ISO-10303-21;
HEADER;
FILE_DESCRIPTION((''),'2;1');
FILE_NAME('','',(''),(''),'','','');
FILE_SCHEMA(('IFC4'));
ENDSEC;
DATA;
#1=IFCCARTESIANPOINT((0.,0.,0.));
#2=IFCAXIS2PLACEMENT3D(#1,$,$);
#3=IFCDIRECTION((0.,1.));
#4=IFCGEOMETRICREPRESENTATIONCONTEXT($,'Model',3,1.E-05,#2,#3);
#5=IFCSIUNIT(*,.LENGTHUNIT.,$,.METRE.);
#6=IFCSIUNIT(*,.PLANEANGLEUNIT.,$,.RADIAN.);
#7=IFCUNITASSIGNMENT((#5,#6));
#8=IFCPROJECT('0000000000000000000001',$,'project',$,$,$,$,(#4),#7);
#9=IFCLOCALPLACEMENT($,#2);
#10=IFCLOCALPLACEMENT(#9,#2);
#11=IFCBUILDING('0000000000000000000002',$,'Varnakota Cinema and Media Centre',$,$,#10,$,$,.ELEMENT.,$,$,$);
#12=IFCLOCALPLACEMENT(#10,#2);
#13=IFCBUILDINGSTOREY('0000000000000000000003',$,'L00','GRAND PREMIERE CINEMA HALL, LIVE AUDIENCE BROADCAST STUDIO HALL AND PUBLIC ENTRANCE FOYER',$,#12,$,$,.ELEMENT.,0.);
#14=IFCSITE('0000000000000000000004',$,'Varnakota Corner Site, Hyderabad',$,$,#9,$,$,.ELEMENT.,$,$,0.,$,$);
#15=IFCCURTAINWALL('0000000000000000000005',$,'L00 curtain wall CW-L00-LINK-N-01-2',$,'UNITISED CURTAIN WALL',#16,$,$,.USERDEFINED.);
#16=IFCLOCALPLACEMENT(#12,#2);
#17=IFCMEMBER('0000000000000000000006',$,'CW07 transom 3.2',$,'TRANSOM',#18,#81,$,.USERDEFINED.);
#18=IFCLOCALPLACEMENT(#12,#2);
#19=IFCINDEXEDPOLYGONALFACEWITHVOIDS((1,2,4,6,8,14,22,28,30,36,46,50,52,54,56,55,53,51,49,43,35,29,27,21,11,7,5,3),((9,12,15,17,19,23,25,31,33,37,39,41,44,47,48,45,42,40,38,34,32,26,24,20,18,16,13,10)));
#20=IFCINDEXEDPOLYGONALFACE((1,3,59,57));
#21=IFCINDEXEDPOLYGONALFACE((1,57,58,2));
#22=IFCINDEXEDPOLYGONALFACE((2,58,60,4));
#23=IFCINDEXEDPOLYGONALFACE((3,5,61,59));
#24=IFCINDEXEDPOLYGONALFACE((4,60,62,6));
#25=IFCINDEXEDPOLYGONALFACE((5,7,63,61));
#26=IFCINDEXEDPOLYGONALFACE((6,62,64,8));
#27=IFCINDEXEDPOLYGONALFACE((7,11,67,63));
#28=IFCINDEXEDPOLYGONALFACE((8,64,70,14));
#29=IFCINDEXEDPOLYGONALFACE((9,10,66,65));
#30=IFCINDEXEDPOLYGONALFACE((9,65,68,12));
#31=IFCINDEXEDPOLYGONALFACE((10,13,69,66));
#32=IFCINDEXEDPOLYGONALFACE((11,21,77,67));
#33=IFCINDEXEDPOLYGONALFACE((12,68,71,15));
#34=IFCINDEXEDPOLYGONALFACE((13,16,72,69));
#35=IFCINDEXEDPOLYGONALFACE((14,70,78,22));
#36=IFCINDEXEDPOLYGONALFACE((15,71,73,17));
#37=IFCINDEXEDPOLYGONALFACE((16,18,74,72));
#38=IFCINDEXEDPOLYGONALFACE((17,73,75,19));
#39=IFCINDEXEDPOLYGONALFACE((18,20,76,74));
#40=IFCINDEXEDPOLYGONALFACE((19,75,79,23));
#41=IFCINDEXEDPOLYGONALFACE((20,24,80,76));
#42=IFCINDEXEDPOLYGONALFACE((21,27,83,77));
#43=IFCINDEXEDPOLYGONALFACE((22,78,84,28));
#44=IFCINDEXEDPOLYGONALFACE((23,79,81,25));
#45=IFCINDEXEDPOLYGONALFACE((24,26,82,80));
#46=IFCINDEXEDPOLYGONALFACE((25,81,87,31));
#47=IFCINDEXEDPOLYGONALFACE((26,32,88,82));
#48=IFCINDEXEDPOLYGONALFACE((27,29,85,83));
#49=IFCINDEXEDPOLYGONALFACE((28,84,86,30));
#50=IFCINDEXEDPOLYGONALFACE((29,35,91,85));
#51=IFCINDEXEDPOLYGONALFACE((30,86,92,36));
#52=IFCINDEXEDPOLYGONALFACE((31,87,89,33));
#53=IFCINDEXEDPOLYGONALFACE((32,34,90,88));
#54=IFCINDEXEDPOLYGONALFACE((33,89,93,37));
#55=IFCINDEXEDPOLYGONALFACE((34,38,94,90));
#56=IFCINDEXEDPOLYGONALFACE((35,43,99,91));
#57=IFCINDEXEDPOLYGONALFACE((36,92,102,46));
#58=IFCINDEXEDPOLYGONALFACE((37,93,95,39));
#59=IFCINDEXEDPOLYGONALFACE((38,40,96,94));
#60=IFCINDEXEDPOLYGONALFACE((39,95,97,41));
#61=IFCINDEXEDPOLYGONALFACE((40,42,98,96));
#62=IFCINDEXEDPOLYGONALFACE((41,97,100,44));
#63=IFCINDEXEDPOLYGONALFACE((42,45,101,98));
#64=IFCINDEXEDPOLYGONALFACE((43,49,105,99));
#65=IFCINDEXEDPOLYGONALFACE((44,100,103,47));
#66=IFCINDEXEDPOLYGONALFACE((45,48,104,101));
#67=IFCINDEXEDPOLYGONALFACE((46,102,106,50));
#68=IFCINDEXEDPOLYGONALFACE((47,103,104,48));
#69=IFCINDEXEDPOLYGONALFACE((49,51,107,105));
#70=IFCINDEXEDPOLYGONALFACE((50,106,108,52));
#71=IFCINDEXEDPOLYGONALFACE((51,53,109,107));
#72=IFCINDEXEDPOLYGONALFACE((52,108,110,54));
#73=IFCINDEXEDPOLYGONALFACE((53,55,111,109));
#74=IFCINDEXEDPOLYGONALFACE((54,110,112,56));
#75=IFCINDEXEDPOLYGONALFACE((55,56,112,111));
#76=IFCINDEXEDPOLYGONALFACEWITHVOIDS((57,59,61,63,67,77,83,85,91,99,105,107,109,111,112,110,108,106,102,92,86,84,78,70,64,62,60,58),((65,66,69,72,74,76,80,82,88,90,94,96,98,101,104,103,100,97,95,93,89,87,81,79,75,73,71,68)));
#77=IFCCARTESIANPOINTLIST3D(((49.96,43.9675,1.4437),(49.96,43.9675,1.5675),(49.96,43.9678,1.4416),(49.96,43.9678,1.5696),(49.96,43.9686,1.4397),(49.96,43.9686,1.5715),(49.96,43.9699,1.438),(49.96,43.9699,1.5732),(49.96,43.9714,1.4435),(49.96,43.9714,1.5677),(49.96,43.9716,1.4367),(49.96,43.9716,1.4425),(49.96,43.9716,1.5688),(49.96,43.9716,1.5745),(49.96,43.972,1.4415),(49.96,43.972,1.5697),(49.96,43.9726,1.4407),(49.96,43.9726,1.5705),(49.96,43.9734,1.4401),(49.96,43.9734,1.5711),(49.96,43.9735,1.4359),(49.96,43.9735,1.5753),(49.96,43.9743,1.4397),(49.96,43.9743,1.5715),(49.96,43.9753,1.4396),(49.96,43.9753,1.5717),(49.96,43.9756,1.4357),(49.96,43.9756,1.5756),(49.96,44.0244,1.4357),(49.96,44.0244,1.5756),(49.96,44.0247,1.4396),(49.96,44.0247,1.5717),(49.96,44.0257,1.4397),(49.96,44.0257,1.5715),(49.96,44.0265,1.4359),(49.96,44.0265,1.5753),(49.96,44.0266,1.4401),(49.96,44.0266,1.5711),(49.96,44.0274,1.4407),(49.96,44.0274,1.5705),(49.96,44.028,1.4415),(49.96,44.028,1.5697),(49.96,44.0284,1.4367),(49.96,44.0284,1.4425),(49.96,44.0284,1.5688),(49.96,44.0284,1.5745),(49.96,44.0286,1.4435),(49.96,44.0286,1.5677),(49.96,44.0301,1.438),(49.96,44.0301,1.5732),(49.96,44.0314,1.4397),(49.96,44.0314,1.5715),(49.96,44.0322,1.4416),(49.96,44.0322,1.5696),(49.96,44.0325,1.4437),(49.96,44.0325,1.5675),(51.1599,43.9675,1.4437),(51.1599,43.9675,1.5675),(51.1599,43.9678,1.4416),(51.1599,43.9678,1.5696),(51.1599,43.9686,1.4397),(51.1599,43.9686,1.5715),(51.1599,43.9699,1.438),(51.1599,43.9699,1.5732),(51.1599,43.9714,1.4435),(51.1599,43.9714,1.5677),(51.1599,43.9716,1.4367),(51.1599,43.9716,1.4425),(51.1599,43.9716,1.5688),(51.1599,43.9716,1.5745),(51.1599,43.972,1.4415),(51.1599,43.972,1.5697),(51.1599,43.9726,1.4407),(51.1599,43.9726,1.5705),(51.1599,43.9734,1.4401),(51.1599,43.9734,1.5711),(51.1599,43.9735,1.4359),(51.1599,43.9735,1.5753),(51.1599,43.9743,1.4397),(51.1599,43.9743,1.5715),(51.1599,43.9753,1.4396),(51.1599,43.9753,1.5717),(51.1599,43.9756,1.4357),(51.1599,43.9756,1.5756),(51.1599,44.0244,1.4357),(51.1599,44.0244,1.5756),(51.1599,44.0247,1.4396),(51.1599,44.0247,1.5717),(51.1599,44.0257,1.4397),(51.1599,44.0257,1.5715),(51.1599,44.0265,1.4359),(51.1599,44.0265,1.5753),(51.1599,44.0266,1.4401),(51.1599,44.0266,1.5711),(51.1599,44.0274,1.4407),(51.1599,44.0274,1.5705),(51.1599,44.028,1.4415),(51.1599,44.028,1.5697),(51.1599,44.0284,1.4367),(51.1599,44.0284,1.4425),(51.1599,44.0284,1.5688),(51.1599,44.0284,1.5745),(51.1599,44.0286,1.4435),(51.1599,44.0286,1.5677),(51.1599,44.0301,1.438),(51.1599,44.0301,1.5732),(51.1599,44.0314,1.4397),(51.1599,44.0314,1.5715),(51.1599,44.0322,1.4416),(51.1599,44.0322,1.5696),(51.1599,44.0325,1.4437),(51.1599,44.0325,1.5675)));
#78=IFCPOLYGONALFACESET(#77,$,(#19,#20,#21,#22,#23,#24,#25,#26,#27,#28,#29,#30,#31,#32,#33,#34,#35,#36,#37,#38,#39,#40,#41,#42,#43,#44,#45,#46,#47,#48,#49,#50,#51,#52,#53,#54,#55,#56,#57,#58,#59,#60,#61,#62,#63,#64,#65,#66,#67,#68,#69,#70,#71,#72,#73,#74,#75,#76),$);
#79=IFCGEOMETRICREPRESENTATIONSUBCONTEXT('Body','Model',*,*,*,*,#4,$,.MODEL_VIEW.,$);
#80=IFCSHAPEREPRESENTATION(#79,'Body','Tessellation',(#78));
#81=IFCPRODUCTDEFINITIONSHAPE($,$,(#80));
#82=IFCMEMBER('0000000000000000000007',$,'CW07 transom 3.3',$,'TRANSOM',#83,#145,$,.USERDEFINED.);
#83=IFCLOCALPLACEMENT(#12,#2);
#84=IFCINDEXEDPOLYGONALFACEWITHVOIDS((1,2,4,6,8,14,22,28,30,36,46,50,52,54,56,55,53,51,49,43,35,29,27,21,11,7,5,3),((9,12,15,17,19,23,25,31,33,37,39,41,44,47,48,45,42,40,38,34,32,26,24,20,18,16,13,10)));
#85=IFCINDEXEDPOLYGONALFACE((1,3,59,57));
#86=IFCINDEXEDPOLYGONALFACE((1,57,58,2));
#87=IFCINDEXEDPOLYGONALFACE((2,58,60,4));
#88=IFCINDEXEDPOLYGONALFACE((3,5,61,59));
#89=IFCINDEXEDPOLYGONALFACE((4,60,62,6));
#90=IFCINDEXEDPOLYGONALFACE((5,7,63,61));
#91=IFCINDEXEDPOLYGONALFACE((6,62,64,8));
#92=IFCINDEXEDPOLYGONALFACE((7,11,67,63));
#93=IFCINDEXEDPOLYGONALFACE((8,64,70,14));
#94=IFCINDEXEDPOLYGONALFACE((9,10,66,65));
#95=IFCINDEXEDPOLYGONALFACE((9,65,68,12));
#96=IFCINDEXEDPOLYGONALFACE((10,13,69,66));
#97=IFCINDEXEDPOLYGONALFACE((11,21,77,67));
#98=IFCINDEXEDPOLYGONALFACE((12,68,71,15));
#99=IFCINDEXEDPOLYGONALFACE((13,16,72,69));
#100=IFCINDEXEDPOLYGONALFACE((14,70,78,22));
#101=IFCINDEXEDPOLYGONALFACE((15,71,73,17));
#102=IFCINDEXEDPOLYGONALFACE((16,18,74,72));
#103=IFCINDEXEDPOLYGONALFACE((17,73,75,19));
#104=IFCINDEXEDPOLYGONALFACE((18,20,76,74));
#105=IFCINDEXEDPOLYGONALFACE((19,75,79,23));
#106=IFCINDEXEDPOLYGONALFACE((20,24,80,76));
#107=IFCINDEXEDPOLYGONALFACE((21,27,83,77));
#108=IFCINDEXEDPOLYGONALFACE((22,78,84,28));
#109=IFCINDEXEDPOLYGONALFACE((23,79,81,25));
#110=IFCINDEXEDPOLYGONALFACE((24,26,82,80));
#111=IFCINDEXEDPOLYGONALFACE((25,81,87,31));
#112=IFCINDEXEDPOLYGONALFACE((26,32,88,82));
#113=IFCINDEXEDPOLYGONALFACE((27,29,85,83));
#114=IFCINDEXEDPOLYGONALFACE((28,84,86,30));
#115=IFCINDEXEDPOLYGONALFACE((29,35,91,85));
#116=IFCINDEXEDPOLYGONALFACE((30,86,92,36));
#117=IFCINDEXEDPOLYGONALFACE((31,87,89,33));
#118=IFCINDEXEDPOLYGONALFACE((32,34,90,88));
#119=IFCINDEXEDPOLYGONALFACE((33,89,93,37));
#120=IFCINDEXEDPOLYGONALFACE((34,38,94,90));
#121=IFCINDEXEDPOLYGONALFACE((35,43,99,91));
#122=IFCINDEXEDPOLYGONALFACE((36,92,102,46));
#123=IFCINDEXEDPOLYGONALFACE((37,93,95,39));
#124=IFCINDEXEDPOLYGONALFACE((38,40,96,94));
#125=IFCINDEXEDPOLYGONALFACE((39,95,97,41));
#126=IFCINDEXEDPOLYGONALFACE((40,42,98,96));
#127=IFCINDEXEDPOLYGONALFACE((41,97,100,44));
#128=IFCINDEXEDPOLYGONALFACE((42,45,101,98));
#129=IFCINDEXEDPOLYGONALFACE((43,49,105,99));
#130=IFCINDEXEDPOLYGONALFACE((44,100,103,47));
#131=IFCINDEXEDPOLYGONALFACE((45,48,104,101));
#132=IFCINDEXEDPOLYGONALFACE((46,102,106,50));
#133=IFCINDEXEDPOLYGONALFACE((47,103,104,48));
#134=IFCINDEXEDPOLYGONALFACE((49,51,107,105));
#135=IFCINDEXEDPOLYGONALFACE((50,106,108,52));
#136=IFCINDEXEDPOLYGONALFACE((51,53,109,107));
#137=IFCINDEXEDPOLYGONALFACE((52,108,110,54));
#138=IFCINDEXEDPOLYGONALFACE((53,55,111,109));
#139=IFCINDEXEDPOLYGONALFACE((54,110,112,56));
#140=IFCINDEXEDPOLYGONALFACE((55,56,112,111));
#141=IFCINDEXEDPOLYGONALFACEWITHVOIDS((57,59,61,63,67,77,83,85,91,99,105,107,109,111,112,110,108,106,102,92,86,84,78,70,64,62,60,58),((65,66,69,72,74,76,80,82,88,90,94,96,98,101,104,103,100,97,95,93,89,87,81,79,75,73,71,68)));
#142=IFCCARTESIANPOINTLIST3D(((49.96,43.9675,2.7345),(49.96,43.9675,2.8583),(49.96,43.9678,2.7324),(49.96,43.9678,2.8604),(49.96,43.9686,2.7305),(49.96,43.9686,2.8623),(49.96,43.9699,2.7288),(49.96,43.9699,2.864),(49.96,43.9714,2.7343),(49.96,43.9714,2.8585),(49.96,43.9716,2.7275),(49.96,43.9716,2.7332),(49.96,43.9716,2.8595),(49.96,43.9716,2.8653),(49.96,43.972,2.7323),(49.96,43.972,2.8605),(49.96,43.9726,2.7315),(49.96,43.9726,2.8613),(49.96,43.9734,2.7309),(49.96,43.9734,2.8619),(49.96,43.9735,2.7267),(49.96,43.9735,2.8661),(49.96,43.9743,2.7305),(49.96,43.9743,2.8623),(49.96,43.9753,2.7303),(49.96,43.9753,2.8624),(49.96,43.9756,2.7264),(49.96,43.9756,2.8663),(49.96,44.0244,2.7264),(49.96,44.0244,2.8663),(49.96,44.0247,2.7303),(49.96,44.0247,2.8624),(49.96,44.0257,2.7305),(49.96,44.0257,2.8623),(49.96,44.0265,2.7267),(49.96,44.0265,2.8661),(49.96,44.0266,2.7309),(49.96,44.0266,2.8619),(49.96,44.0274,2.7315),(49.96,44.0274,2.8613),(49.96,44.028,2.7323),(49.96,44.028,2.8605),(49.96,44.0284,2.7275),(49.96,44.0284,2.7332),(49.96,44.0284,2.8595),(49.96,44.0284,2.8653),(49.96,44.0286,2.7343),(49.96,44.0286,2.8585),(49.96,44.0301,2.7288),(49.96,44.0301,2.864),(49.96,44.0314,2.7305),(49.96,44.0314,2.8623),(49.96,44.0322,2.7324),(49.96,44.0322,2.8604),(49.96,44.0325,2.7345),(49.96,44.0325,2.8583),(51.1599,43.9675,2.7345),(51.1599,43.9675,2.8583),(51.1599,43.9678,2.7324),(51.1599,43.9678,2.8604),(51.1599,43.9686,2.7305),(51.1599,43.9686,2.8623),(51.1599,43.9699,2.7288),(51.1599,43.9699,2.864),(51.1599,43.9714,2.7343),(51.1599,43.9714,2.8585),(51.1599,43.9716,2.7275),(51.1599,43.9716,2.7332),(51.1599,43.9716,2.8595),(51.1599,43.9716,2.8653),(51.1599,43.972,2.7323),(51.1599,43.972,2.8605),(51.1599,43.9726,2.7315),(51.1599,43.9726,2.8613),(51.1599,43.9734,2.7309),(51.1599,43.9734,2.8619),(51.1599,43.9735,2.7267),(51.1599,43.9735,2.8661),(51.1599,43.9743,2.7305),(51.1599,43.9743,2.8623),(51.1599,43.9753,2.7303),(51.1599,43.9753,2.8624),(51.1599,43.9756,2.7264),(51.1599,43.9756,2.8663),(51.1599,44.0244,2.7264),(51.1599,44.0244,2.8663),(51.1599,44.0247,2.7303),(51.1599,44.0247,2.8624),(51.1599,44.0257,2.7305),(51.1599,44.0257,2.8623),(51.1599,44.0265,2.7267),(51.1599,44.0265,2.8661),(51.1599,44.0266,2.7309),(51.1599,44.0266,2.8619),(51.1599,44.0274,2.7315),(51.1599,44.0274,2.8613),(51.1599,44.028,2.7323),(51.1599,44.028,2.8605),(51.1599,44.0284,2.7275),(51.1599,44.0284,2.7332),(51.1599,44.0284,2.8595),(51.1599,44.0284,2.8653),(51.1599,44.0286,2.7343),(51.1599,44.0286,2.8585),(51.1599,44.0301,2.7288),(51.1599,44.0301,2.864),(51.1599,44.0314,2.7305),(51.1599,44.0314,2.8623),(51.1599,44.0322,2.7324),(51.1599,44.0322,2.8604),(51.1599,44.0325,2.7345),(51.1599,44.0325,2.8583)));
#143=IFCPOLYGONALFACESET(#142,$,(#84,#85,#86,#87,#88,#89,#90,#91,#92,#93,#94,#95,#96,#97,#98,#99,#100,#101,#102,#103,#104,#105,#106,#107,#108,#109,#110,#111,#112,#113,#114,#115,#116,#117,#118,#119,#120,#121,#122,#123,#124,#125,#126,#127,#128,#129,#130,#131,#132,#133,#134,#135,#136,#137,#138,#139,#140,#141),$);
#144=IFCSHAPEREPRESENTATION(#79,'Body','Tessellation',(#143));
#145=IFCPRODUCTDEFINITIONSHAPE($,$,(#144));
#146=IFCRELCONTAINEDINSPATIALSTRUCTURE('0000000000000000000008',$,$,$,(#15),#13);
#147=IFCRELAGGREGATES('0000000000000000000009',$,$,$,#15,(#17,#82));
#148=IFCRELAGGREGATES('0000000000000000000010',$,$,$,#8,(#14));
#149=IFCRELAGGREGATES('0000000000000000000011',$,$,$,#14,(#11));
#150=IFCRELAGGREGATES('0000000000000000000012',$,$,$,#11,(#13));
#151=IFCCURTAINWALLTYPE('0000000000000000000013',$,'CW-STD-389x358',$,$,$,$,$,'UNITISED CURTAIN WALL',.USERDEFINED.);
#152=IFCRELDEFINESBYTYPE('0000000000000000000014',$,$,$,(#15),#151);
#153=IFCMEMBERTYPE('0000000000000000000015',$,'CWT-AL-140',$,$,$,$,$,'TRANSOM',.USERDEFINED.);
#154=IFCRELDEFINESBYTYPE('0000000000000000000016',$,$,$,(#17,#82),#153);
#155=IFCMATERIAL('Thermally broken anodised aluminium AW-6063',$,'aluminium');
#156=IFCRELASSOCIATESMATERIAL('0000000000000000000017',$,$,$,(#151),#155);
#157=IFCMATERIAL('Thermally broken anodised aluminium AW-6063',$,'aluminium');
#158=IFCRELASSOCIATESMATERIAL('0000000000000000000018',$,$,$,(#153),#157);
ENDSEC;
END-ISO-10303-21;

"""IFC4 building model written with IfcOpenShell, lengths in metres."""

from ifc_helpers import new_model, si_unit, direction, frame, origin, origin_2d, place, context, subcontext, project, spatial, hollow_rectangle, extrude, material, material_profile, profile_set, type_object, element, aggregate, save


model = new_model("IFC4")

# Units and contexts
model_context = context("Model", 3, precision=1e-05, world=origin(), true_north=direction((0.0, 1.0)))
body_context = subcontext(model_context, "Body", "Model", "MODEL_VIEW")
ifc_project = project(units=[si_unit("LENGTHUNIT", "METRE"), si_unit("PLANEANGLEUNIT", "RADIAN")], contexts=[model_context])

# Site, building, storey
site_placement = place(None, origin())
site = spatial("IfcSite", under=ifc_project, at=site_placement, Name="Varnakota Corner Site, Hyderabad", CompositionType="ELEMENT", RefElevation=0.0)
building_placement = place(site_placement, origin())
building = spatial("IfcBuilding", under=site, at=building_placement, Name="Varnakota Cinema and Media Centre", CompositionType="ELEMENT")
storey_placement = place(building_placement, origin())
storey = spatial("IfcBuildingStorey", under=building, at=storey_placement, Name="L00", Description="GRAND PREMIERE CINEMA HALL, LIVE AUDIENCE BROADCAST STUDIO HALL AND PUBLIC ENTRANCE FOYER", CompositionType="ELEMENT", Elevation=0.0)

# Curtain wall
ifc_material_1 = material(Name="Thermally broken anodised aluminium AW-6063", Category="aluminium")
curtain_wall_type_1 = type_object("IfcCurtainWallType", Name="CW-STD-389x358", ElementType="UNITISED CURTAIN WALL", PredefinedType="USERDEFINED", material=ifc_material_1)
curtain_wall_1_placement = place(storey_placement, origin())
curtain_wall_1 = element("IfcCurtainWall", 1, at=curtain_wall_1_placement, inside=storey, type_object=curtain_wall_type_1, Name="L00 curtain wall CW-L00-LINK-N-01-2", ObjectType="UNITISED CURTAIN WALL", PredefinedType="USERDEFINED")

# Members
ifc_material_2 = material(Name="Thermally broken anodised aluminium AW-6063", Category="aluminium")
ifc_material_profile_1 = material_profile(ifc_material_2, hollow_rectangle(XDim=0.0649, YDim=0.1399, WallThickness=0.0039, InnerFilletRadius=0.0039, OuterFilletRadius=0.0081, at=origin_2d()), Name="AL-TRANSOM 140x65x4")
ifc_profile_set_1 = profile_set([ifc_material_profile_1], Name="Thermally broken anodised aluminium AW-6063")
member_type_1 = type_object("IfcMemberType", Name="CWT-AL-140", ElementType="TRANSOM", PredefinedType="USERDEFINED", material=ifc_profile_set_1)
member_1_placement = place(storey_placement, frame((49.96, 44.0, 1.5056), z_axis=(1.0, 0.0, 0.0), x_axis=(0.0, 1.0, 0.0)))
member_1 = element("IfcMember", 2, at=member_1_placement, type_object=member_type_1, Name="CW07 transom 3.2", ObjectType="TRANSOM", PredefinedType="USERDEFINED", context=body_context, shape_type="SweptSolid", body=[
    extrude(hollow_rectangle(XDim=0.0649, YDim=0.1399, WallThickness=0.0039, InnerFilletRadius=0.0039, OuterFilletRadius=0.0081, at=origin_2d()), origin(), (0.0, 0.0, 1.0), 1.2),
])
member_2_placement = place(storey_placement, frame((49.96, 44.0, 2.7964), z_axis=(1.0, 0.0, 0.0), x_axis=(0.0, 1.0, 0.0)))
member_2 = element("IfcMember", 3, at=member_2_placement, type_object=member_type_1, Name="CW07 transom 3.3", ObjectType="TRANSOM", PredefinedType="USERDEFINED", context=body_context, shape_type="SweptSolid", body=[
    extrude(hollow_rectangle(XDim=0.0649, YDim=0.1399, WallThickness=0.0039, InnerFilletRadius=0.0039, OuterFilletRadius=0.0081, at=origin_2d()), origin(), (0.0, 0.0, 1.0), 1.2),
])

aggregate(curtain_wall_1, [member_1, member_2])

save(model, "model.ifc")
